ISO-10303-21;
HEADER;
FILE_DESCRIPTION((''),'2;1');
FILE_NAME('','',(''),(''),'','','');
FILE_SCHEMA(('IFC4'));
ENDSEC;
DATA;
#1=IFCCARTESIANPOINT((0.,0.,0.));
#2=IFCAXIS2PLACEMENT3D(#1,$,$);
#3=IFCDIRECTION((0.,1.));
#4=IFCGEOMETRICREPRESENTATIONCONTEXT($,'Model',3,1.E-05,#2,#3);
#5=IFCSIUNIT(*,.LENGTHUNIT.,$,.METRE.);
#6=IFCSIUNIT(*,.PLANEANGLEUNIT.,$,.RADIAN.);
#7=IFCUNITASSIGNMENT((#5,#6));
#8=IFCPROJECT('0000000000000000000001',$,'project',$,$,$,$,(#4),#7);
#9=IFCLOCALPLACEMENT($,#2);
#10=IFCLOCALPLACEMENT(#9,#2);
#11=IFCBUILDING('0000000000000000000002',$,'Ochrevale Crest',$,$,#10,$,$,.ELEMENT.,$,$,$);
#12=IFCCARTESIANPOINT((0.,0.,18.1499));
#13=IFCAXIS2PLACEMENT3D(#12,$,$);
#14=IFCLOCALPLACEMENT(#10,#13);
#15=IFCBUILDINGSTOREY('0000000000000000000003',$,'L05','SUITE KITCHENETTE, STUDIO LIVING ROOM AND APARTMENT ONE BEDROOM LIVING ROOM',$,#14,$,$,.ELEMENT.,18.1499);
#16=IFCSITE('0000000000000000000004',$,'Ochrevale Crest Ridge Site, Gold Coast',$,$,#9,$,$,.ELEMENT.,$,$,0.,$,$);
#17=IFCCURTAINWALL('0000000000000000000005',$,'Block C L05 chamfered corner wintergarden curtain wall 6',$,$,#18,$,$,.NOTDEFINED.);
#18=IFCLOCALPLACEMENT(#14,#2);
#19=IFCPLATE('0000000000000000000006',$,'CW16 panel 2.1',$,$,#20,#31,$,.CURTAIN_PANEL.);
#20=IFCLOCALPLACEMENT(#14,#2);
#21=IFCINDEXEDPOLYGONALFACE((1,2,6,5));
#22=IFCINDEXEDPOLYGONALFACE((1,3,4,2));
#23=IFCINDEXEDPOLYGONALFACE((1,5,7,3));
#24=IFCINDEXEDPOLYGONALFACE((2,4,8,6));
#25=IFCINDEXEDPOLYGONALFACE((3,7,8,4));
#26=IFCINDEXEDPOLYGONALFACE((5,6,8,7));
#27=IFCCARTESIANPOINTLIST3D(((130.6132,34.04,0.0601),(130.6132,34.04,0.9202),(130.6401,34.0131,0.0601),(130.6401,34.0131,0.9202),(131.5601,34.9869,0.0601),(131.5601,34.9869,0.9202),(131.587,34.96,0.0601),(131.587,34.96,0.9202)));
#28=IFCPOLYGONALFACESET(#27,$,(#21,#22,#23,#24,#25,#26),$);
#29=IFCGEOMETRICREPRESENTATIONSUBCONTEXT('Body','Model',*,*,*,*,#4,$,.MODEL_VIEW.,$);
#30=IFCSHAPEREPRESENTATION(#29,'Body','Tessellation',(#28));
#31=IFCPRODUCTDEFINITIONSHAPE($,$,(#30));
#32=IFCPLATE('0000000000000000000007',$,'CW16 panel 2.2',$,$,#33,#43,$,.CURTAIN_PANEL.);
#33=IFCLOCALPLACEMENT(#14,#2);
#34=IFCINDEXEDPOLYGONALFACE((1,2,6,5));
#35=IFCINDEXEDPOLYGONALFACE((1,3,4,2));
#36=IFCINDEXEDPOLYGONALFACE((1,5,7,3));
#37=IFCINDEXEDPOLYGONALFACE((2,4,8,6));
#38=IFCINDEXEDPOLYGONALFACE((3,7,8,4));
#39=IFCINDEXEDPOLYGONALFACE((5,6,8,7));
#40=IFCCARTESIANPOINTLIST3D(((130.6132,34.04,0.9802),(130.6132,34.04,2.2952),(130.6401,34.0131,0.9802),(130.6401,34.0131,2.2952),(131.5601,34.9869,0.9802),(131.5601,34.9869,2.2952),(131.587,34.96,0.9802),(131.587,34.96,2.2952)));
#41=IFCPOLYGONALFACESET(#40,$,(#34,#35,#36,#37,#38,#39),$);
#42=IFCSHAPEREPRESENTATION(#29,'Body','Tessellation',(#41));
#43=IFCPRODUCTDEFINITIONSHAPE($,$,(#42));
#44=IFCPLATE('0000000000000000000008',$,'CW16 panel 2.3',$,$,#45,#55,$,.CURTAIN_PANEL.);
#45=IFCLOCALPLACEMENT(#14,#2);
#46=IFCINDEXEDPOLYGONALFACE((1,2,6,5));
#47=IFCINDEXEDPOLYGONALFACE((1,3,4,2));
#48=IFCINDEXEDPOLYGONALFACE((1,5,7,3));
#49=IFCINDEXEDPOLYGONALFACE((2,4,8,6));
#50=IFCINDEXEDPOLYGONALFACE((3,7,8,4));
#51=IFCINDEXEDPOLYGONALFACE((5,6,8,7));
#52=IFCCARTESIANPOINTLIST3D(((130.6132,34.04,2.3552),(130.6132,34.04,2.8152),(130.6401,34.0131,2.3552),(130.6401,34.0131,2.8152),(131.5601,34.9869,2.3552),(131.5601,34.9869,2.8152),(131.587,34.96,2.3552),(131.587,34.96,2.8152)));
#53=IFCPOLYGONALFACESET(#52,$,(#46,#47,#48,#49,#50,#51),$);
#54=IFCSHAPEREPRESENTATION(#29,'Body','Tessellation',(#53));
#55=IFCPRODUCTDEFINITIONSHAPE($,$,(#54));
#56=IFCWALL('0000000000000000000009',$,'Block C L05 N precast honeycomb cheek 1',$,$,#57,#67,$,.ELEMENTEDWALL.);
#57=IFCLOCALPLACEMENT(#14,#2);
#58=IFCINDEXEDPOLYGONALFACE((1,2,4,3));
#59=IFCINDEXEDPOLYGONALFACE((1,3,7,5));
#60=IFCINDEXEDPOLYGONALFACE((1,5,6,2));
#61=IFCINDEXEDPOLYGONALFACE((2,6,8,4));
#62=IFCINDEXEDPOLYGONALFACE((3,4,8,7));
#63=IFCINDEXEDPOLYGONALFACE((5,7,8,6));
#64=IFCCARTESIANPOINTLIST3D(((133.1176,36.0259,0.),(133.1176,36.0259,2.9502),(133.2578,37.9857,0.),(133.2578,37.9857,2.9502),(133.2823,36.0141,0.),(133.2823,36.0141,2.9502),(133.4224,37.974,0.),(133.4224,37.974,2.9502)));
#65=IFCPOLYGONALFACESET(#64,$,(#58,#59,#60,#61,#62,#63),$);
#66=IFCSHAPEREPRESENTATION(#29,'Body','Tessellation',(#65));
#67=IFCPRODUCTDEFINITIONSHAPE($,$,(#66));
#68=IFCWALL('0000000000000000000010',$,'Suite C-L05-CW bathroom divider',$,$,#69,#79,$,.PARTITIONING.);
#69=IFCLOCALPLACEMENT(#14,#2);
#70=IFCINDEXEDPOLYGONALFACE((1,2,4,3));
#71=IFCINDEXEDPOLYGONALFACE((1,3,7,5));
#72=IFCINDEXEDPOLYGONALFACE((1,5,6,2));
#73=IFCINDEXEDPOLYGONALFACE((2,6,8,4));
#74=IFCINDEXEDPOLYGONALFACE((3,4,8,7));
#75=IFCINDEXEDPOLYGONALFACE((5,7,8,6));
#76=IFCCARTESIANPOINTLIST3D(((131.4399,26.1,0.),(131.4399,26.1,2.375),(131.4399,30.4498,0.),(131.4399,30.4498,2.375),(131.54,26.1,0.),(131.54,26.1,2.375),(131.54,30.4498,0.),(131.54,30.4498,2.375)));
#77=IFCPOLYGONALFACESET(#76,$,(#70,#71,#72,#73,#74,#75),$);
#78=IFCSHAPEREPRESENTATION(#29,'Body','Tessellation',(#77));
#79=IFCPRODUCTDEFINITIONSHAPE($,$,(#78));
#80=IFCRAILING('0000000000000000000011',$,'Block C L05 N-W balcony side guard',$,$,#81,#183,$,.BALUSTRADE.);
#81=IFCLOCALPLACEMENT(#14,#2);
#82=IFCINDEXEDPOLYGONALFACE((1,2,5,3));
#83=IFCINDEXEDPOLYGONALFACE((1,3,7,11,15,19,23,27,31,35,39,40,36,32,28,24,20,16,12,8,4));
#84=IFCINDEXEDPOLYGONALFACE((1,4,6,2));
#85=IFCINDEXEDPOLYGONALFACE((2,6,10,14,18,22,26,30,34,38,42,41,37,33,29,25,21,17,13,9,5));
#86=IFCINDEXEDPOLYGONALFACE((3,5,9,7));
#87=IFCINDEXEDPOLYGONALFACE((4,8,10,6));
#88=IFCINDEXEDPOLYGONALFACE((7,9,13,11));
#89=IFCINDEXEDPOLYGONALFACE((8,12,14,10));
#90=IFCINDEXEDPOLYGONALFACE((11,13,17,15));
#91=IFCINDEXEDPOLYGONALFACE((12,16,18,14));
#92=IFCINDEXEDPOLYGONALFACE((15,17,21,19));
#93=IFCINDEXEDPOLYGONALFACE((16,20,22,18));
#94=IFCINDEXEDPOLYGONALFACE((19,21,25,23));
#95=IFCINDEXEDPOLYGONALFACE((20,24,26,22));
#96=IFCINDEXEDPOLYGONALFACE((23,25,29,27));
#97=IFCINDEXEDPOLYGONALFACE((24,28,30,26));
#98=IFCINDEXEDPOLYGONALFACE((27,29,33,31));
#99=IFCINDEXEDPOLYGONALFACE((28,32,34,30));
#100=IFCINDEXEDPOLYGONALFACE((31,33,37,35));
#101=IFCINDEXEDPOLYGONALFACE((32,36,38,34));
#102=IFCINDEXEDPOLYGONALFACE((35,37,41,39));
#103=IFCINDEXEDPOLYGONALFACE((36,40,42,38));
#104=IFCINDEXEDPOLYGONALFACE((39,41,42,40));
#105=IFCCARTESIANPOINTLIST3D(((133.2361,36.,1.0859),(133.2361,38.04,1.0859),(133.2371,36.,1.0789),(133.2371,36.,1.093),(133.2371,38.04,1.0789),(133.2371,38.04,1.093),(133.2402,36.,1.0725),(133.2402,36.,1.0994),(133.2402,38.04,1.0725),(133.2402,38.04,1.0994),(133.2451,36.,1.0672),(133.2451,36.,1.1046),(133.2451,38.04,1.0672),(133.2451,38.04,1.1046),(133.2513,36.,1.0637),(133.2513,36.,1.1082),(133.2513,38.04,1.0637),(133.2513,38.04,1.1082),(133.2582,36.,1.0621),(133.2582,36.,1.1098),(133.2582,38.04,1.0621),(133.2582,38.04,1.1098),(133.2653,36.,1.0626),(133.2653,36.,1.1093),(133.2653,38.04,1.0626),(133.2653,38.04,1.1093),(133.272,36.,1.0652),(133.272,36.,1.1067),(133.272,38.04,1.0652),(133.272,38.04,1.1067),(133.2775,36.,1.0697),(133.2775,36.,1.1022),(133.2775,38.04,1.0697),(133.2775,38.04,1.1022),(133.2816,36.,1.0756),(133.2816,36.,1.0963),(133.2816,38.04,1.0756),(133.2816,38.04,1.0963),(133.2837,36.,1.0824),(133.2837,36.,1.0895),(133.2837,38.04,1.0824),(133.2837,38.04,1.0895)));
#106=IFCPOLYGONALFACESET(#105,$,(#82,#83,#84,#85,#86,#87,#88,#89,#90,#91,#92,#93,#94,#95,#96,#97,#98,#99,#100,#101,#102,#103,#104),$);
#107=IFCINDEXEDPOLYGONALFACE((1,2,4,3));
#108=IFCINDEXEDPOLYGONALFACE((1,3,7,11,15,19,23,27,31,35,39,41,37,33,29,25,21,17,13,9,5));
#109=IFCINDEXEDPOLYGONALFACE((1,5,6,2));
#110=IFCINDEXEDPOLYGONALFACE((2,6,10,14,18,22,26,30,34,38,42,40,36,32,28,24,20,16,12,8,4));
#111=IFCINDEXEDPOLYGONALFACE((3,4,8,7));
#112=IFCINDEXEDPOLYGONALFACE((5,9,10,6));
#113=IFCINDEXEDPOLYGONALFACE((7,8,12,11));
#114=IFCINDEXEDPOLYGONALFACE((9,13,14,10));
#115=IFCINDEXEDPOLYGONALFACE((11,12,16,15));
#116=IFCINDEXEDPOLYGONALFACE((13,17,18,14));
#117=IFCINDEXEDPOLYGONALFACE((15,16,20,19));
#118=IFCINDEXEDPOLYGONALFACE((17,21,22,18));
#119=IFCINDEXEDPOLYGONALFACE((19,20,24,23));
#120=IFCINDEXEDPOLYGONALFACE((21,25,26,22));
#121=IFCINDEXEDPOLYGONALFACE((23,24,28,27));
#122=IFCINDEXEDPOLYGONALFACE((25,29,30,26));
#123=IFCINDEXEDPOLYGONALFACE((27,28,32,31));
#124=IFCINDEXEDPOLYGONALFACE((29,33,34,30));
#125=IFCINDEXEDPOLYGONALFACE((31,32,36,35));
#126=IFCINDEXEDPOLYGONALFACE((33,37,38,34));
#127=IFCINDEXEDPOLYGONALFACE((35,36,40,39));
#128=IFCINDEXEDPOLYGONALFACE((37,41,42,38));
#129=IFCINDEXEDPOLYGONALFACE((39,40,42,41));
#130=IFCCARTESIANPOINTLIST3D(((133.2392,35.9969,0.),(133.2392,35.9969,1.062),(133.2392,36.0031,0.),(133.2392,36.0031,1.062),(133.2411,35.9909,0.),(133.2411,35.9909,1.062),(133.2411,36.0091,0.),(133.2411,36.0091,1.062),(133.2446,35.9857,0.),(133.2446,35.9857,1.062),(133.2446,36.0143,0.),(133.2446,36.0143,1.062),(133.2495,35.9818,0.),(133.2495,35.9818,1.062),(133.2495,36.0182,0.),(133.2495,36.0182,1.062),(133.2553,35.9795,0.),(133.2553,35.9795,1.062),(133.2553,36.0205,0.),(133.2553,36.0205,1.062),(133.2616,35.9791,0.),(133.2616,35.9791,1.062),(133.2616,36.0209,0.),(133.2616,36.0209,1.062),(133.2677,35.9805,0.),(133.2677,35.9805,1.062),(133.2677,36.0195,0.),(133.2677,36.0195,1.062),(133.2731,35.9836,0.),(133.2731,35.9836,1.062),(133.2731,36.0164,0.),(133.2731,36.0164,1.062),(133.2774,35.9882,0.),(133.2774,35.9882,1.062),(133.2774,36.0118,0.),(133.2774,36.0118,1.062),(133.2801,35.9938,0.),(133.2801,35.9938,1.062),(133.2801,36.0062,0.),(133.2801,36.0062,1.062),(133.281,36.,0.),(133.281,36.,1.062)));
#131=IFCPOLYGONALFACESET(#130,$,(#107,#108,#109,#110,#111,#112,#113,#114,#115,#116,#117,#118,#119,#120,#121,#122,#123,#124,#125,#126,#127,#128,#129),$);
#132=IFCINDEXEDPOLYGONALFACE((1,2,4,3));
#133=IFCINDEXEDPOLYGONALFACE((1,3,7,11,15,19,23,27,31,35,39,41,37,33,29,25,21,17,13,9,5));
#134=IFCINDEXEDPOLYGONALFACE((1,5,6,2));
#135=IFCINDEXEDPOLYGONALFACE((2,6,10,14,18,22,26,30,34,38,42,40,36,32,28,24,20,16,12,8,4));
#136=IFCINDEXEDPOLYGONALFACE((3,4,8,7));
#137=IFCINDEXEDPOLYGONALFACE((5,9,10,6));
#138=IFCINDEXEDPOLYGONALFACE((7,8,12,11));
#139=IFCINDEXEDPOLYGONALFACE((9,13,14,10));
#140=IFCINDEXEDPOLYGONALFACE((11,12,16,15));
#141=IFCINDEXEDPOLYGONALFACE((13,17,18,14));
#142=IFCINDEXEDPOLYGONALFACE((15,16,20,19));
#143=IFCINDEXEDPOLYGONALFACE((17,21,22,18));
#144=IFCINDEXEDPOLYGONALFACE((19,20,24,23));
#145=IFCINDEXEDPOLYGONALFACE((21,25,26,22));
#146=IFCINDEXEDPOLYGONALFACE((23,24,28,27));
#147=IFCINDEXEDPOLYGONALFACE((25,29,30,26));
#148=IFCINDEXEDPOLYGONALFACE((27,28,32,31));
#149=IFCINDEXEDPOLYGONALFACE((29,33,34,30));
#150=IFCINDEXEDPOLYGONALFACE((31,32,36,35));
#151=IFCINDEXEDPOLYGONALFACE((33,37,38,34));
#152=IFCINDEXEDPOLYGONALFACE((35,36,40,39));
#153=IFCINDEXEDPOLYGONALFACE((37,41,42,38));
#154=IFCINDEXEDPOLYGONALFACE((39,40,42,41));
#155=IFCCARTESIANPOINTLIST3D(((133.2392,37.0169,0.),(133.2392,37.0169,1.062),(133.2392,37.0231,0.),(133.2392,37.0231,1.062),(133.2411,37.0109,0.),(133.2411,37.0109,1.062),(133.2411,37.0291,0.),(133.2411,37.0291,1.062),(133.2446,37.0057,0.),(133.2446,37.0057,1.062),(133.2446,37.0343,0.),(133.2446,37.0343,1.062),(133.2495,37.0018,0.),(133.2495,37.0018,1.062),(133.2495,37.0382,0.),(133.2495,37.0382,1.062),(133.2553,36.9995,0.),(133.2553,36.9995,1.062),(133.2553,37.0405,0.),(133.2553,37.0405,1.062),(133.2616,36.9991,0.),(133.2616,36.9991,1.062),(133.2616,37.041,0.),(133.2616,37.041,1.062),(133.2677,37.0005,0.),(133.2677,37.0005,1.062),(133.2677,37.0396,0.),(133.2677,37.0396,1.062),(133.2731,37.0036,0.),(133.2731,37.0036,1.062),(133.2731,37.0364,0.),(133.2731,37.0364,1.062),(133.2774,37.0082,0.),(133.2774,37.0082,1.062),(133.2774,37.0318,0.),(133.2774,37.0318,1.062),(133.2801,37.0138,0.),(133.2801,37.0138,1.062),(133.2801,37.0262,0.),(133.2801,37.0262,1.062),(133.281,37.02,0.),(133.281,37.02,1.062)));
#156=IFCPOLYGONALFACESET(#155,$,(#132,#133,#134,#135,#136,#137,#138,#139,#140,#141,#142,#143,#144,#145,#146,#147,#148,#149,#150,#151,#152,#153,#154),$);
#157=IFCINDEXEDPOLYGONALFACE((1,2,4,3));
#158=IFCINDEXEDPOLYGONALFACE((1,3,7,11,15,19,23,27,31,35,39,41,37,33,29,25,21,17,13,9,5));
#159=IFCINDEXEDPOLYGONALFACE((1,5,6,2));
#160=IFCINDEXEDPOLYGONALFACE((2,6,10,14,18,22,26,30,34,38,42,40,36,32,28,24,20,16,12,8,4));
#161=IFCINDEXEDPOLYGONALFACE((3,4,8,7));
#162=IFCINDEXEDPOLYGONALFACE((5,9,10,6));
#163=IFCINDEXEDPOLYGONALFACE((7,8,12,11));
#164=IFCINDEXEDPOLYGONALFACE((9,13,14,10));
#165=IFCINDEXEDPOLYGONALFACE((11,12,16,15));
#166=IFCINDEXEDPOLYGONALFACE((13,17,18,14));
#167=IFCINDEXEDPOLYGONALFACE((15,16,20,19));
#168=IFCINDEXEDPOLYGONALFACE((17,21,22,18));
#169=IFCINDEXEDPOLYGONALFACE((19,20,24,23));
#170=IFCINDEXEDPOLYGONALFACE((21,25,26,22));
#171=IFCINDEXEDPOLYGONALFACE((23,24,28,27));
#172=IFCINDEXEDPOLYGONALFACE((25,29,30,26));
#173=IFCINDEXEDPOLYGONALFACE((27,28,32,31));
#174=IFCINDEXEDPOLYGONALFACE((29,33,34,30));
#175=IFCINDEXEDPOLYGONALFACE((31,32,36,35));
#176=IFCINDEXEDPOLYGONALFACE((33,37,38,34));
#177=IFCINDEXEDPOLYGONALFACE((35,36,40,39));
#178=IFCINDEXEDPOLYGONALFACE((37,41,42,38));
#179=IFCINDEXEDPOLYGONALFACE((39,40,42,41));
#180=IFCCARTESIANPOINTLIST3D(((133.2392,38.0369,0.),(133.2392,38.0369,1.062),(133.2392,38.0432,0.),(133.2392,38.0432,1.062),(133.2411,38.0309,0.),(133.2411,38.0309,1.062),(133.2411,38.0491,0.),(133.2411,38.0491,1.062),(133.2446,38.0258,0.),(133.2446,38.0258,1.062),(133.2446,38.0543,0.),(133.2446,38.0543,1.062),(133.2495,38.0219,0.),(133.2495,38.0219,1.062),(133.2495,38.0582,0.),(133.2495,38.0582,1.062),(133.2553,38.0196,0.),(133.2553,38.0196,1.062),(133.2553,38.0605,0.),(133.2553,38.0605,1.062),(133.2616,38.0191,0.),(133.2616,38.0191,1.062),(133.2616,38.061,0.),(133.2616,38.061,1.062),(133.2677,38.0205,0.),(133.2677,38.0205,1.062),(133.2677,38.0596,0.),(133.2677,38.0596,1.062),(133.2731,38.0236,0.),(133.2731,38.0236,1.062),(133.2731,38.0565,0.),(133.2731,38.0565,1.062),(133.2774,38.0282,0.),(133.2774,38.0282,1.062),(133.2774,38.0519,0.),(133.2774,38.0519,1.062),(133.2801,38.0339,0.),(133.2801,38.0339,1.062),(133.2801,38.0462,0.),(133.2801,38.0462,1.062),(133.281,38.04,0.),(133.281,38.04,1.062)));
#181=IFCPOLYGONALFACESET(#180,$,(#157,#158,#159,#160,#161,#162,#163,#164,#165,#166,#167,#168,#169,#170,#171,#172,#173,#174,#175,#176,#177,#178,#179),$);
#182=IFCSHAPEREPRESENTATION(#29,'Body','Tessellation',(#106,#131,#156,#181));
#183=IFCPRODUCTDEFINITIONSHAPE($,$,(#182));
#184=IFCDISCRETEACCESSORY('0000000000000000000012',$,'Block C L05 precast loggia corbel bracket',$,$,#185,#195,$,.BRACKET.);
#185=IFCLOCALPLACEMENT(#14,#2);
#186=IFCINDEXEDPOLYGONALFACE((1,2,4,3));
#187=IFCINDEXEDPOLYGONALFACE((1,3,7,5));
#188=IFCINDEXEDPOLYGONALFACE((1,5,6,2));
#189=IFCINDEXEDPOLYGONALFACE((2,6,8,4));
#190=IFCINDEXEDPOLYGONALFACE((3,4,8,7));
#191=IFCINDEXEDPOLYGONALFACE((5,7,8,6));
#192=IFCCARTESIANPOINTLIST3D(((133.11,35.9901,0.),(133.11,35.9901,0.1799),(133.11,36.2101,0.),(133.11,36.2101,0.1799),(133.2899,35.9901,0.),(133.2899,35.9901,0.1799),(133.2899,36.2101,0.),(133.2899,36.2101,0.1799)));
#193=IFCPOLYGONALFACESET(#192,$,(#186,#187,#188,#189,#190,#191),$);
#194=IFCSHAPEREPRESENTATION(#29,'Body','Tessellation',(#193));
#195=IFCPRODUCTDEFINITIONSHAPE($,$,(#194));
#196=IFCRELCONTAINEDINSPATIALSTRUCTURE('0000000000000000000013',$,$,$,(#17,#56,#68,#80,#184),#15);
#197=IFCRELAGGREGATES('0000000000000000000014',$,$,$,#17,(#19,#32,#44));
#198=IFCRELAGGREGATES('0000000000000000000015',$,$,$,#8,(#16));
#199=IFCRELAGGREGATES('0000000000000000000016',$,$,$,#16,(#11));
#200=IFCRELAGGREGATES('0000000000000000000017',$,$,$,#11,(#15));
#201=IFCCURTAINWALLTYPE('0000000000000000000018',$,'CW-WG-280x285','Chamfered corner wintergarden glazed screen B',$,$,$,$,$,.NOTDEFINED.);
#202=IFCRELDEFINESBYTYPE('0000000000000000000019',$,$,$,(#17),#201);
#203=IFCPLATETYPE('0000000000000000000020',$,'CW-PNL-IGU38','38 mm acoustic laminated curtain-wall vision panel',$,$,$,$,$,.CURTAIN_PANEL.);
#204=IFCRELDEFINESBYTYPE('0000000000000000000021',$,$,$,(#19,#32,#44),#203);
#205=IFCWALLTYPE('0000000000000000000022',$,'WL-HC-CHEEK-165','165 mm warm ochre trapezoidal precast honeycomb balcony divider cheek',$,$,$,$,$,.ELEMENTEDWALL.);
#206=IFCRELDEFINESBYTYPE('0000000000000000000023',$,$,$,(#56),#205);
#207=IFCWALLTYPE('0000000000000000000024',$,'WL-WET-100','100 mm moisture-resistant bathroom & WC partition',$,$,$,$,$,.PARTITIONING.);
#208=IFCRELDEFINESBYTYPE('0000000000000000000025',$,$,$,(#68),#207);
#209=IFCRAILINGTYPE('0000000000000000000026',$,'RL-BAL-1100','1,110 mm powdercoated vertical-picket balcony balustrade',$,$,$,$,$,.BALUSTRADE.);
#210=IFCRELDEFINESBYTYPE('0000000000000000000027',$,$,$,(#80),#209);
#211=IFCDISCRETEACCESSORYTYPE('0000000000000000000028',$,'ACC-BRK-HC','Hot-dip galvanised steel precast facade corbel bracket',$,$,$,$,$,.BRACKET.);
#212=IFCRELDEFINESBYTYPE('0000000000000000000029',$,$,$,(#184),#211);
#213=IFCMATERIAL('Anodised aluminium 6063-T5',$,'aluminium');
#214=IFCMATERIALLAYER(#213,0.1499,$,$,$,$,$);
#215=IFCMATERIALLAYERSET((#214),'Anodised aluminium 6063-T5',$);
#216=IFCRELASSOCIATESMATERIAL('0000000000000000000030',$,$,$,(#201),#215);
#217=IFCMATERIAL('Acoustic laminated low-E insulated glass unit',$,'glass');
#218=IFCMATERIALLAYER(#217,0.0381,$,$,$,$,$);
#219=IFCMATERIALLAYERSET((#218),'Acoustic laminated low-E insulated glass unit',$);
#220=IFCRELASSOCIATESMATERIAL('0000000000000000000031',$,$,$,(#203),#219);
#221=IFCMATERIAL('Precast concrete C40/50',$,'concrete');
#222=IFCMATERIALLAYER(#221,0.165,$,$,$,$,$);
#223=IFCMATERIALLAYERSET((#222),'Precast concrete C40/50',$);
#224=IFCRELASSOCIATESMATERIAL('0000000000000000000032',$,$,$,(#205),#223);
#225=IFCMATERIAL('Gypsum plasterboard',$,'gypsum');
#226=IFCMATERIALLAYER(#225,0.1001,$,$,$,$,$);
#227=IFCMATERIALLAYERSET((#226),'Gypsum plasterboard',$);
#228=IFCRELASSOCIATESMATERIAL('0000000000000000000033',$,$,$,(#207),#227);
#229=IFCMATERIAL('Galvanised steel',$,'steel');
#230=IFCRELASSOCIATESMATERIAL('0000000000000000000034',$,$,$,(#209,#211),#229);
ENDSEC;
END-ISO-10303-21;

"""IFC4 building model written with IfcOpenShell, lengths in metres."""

from ifc_helpers import new_model, si_unit, direction, frame, frame_2d, origin, origin_2d, place, context, subcontext, project, spatial, rectangle, circle, extrude, material, layer, layer_set, type_object, element, aggregate, save


model = new_model("IFC4")

# Units and contexts
model_context = context("Model", 3, precision=1e-05, world=origin(), true_north=direction((0.0, 1.0)))
body_context = subcontext(model_context, "Body", "Model", "MODEL_VIEW")
ifc_project = project(units=[si_unit("LENGTHUNIT", "METRE"), si_unit("PLANEANGLEUNIT", "RADIAN")], contexts=[model_context])

# Site, building, storey
site_placement = place(None, origin())
site = spatial("IfcSite", under=ifc_project, at=site_placement, Name="Ochrevale Crest Ridge Site, Gold Coast", CompositionType="ELEMENT", RefElevation=0.0)
building_placement = place(site_placement, origin())
building = spatial("IfcBuilding", under=site, at=building_placement, Name="Ochrevale Crest", CompositionType="ELEMENT")
storey_placement = place(building_placement, frame((0.0, 0.0, 18.1499)))
storey = spatial("IfcBuildingStorey", under=building, at=storey_placement, Name="L05", Description="SUITE KITCHENETTE, STUDIO LIVING ROOM AND APARTMENT ONE BEDROOM LIVING ROOM", CompositionType="ELEMENT", Elevation=18.1499)

# Curtain wall, plates
ifc_material_1 = material(Name="Anodised aluminium 6063-T5", Category="aluminium")
ifc_layer_1 = layer(ifc_material_1, 0.1499)
ifc_layer_set_1 = layer_set([ifc_layer_1], Name="Anodised aluminium 6063-T5")
curtain_wall_type = type_object("IfcCurtainWallType", Name="CW-WG-280x285", Description="Chamfered corner wintergarden glazed screen B", PredefinedType="NOTDEFINED", material=ifc_layer_set_1)
curtain_wall_placement = place(storey_placement, origin())
curtain_wall = element("IfcCurtainWall", 1, at=curtain_wall_placement, inside=storey, type_object=curtain_wall_type, Name="Block C L05 chamfered corner wintergarden curtain wall 6", PredefinedType="NOTDEFINED")
ifc_material_2 = material(Name="Acoustic laminated low-E insulated glass unit", Category="glass")
ifc_layer_2 = layer(ifc_material_2, 0.0381)
ifc_layer_set_2 = layer_set([ifc_layer_2], Name="Acoustic laminated low-E insulated glass unit")
plate_type = type_object("IfcPlateType", Name="CW-PNL-IGU38", Description="38 mm acoustic laminated curtain-wall vision panel", PredefinedType="CURTAIN_PANEL", material=ifc_layer_set_2)
plate_1_placement = place(storey_placement, frame((131.1001, 34.5, 0.0601), z_axis=(0.0, 0.0, 1.0), x_axis=(-0.707107, -0.707107, 0.0)))
plate_1 = element("IfcPlate", 2, at=plate_1_placement, type_object=plate_type, Name="CW16 panel 2.1", PredefinedType="CURTAIN_PANEL", context=body_context, shape_type="SweptSolid", body=[
    extrude(rectangle(XDim=1.3391, YDim=0.0381, at=origin_2d()), origin(), (0.0, 0.0, 1.0), 0.8601),
])
plate_2_placement = place(storey_placement, frame((131.1001, 34.5, 0.9802), z_axis=(0.0, 0.0, 1.0), x_axis=(-0.707107, -0.707107, 0.0)))
plate_2 = element("IfcPlate", 3, at=plate_2_placement, type_object=plate_type, Name="CW16 panel 2.2", PredefinedType="CURTAIN_PANEL", context=body_context, shape_type="SweptSolid", body=[
    extrude(rectangle(XDim=1.3391, YDim=0.0381, at=origin_2d()), origin(), (0.0, 0.0, 1.0), 1.3149),
])
plate_3_placement = place(storey_placement, frame((131.1001, 34.5, 2.3552), z_axis=(0.0, 0.0, 1.0), x_axis=(-0.707107, -0.707107, 0.0)))
plate_3 = element("IfcPlate", 4, at=plate_3_placement, type_object=plate_type, Name="CW16 panel 2.3", PredefinedType="CURTAIN_PANEL", context=body_context, shape_type="SweptSolid", body=[
    extrude(rectangle(XDim=1.3391, YDim=0.0381, at=origin_2d()), origin(), (0.0, 0.0, 1.0), 0.46),
])
aggregate(curtain_wall, [plate_1, plate_2, plate_3])

# Walls
ifc_material_3 = material(Name="Precast concrete C40/50", Category="concrete")
ifc_layer_3 = layer(ifc_material_3, 0.165)
ifc_layer_set_3 = layer_set([ifc_layer_3], Name="Precast concrete C40/50")
wall_type_1 = type_object("IfcWallType", Name="WL-HC-CHEEK-165", Description="165 mm warm ochre trapezoidal precast honeycomb balcony divider cheek", PredefinedType="ELEMENTEDWALL", material=ifc_layer_set_3)
wall_1_placement = place(storey_placement, frame((133.2, 36.02, 0.0), z_axis=(0.0, 0.0, 1.0), x_axis=(0.071318, 0.997454, 0.0)))
element("IfcWall", 5, at=wall_1_placement, inside=storey, type_object=wall_type_1, Name="Block C L05 N precast honeycomb cheek 1", PredefinedType="ELEMENTEDWALL", context=body_context, shape_type="SweptSolid", body=[
    extrude(rectangle(XDim=1.9648, YDim=0.165, at=frame_2d((0.9824, 0.0))), origin(), (0.0, 0.0, 1.0), 2.9502),
])
ifc_material_4 = material(Name="Gypsum plasterboard", Category="gypsum")
ifc_layer_4 = layer(ifc_material_4, 0.1001)
ifc_layer_set_4 = layer_set([ifc_layer_4], Name="Gypsum plasterboard")
wall_type_2 = type_object("IfcWallType", Name="WL-WET-100", Description="100 mm moisture-resistant bathroom & WC partition", PredefinedType="PARTITIONING", material=ifc_layer_set_4)
wall_2_placement = place(storey_placement, frame((131.49, 26.1001, 0.0), z_axis=(0.0, 0.0, 1.0), x_axis=(0.0, 1.0, 0.0)))
element("IfcWall", 6, at=wall_2_placement, inside=storey, type_object=wall_type_2, Name="Suite C-L05-CW bathroom divider", PredefinedType="PARTITIONING", context=body_context, shape_type="SweptSolid", body=[
    extrude(rectangle(XDim=4.3499, YDim=0.1001, at=frame_2d((2.1748, 0.0))), origin(), (0.0, 0.0, 1.0), 2.375),
])

# Railing
ifc_material_5 = material(Name="Galvanised steel", Category="steel")
railing_type = type_object("IfcRailingType", Name="RL-BAL-1100", Description="1,110 mm powdercoated vertical-picket balcony balustrade", PredefinedType="BALUSTRADE", material=ifc_material_5)
railing_placement = place(storey_placement, frame((133.26, 36.0, 0.0)))
element("IfcRailing", 7, at=railing_placement, inside=storey, type_object=railing_type, Name="Block C L05 N-W balcony side guard", PredefinedType="BALUSTRADE", context=body_context, shape_type="SweptSolid", body=[
    extrude(circle(Radius=0.0239, at=origin_2d()), frame((0.0, 0.0, 1.0859), z_axis=(0.0, 1.0, 0.0), x_axis=(-1.0, 0.0, 0.0)), (0.0, 0.0, 1.0), 2.04),
    extrude(circle(Radius=0.021, at=origin_2d()), origin(), (0.0, 0.0, 1.0), 1.062),
    extrude(circle(Radius=0.021, at=origin_2d()), frame((0.0, 1.02, 0.0)), (0.0, 0.0, 1.0), 1.062),
    extrude(circle(Radius=0.021, at=origin_2d()), frame((0.0, 2.04, 0.0)), (0.0, 0.0, 1.0), 1.062),
])

# Discrete accessory
discrete_accessory_type = type_object("IfcDiscreteAccessoryType", Name="ACC-BRK-HC", Description="Hot-dip galvanised steel precast facade corbel bracket", PredefinedType="BRACKET", material=ifc_material_5)
discrete_accessory_placement = place(storey_placement, frame((133.2, 36.1001, 0.0), z_axis=(0.0, 0.0, 1.0), x_axis=(1.0, 0.0, 0.0)))
element("IfcDiscreteAccessory", 8, at=discrete_accessory_placement, inside=storey, type_object=discrete_accessory_type, Name="Block C L05 precast loggia corbel bracket", PredefinedType="BRACKET", context=body_context, shape_type="SweptSolid", body=[
    extrude(rectangle(XDim=0.1799, YDim=0.22, at=origin_2d()), origin(), (0.0, 0.0, 1.0), 0.1799),
])

save(model, "model.ifc")
